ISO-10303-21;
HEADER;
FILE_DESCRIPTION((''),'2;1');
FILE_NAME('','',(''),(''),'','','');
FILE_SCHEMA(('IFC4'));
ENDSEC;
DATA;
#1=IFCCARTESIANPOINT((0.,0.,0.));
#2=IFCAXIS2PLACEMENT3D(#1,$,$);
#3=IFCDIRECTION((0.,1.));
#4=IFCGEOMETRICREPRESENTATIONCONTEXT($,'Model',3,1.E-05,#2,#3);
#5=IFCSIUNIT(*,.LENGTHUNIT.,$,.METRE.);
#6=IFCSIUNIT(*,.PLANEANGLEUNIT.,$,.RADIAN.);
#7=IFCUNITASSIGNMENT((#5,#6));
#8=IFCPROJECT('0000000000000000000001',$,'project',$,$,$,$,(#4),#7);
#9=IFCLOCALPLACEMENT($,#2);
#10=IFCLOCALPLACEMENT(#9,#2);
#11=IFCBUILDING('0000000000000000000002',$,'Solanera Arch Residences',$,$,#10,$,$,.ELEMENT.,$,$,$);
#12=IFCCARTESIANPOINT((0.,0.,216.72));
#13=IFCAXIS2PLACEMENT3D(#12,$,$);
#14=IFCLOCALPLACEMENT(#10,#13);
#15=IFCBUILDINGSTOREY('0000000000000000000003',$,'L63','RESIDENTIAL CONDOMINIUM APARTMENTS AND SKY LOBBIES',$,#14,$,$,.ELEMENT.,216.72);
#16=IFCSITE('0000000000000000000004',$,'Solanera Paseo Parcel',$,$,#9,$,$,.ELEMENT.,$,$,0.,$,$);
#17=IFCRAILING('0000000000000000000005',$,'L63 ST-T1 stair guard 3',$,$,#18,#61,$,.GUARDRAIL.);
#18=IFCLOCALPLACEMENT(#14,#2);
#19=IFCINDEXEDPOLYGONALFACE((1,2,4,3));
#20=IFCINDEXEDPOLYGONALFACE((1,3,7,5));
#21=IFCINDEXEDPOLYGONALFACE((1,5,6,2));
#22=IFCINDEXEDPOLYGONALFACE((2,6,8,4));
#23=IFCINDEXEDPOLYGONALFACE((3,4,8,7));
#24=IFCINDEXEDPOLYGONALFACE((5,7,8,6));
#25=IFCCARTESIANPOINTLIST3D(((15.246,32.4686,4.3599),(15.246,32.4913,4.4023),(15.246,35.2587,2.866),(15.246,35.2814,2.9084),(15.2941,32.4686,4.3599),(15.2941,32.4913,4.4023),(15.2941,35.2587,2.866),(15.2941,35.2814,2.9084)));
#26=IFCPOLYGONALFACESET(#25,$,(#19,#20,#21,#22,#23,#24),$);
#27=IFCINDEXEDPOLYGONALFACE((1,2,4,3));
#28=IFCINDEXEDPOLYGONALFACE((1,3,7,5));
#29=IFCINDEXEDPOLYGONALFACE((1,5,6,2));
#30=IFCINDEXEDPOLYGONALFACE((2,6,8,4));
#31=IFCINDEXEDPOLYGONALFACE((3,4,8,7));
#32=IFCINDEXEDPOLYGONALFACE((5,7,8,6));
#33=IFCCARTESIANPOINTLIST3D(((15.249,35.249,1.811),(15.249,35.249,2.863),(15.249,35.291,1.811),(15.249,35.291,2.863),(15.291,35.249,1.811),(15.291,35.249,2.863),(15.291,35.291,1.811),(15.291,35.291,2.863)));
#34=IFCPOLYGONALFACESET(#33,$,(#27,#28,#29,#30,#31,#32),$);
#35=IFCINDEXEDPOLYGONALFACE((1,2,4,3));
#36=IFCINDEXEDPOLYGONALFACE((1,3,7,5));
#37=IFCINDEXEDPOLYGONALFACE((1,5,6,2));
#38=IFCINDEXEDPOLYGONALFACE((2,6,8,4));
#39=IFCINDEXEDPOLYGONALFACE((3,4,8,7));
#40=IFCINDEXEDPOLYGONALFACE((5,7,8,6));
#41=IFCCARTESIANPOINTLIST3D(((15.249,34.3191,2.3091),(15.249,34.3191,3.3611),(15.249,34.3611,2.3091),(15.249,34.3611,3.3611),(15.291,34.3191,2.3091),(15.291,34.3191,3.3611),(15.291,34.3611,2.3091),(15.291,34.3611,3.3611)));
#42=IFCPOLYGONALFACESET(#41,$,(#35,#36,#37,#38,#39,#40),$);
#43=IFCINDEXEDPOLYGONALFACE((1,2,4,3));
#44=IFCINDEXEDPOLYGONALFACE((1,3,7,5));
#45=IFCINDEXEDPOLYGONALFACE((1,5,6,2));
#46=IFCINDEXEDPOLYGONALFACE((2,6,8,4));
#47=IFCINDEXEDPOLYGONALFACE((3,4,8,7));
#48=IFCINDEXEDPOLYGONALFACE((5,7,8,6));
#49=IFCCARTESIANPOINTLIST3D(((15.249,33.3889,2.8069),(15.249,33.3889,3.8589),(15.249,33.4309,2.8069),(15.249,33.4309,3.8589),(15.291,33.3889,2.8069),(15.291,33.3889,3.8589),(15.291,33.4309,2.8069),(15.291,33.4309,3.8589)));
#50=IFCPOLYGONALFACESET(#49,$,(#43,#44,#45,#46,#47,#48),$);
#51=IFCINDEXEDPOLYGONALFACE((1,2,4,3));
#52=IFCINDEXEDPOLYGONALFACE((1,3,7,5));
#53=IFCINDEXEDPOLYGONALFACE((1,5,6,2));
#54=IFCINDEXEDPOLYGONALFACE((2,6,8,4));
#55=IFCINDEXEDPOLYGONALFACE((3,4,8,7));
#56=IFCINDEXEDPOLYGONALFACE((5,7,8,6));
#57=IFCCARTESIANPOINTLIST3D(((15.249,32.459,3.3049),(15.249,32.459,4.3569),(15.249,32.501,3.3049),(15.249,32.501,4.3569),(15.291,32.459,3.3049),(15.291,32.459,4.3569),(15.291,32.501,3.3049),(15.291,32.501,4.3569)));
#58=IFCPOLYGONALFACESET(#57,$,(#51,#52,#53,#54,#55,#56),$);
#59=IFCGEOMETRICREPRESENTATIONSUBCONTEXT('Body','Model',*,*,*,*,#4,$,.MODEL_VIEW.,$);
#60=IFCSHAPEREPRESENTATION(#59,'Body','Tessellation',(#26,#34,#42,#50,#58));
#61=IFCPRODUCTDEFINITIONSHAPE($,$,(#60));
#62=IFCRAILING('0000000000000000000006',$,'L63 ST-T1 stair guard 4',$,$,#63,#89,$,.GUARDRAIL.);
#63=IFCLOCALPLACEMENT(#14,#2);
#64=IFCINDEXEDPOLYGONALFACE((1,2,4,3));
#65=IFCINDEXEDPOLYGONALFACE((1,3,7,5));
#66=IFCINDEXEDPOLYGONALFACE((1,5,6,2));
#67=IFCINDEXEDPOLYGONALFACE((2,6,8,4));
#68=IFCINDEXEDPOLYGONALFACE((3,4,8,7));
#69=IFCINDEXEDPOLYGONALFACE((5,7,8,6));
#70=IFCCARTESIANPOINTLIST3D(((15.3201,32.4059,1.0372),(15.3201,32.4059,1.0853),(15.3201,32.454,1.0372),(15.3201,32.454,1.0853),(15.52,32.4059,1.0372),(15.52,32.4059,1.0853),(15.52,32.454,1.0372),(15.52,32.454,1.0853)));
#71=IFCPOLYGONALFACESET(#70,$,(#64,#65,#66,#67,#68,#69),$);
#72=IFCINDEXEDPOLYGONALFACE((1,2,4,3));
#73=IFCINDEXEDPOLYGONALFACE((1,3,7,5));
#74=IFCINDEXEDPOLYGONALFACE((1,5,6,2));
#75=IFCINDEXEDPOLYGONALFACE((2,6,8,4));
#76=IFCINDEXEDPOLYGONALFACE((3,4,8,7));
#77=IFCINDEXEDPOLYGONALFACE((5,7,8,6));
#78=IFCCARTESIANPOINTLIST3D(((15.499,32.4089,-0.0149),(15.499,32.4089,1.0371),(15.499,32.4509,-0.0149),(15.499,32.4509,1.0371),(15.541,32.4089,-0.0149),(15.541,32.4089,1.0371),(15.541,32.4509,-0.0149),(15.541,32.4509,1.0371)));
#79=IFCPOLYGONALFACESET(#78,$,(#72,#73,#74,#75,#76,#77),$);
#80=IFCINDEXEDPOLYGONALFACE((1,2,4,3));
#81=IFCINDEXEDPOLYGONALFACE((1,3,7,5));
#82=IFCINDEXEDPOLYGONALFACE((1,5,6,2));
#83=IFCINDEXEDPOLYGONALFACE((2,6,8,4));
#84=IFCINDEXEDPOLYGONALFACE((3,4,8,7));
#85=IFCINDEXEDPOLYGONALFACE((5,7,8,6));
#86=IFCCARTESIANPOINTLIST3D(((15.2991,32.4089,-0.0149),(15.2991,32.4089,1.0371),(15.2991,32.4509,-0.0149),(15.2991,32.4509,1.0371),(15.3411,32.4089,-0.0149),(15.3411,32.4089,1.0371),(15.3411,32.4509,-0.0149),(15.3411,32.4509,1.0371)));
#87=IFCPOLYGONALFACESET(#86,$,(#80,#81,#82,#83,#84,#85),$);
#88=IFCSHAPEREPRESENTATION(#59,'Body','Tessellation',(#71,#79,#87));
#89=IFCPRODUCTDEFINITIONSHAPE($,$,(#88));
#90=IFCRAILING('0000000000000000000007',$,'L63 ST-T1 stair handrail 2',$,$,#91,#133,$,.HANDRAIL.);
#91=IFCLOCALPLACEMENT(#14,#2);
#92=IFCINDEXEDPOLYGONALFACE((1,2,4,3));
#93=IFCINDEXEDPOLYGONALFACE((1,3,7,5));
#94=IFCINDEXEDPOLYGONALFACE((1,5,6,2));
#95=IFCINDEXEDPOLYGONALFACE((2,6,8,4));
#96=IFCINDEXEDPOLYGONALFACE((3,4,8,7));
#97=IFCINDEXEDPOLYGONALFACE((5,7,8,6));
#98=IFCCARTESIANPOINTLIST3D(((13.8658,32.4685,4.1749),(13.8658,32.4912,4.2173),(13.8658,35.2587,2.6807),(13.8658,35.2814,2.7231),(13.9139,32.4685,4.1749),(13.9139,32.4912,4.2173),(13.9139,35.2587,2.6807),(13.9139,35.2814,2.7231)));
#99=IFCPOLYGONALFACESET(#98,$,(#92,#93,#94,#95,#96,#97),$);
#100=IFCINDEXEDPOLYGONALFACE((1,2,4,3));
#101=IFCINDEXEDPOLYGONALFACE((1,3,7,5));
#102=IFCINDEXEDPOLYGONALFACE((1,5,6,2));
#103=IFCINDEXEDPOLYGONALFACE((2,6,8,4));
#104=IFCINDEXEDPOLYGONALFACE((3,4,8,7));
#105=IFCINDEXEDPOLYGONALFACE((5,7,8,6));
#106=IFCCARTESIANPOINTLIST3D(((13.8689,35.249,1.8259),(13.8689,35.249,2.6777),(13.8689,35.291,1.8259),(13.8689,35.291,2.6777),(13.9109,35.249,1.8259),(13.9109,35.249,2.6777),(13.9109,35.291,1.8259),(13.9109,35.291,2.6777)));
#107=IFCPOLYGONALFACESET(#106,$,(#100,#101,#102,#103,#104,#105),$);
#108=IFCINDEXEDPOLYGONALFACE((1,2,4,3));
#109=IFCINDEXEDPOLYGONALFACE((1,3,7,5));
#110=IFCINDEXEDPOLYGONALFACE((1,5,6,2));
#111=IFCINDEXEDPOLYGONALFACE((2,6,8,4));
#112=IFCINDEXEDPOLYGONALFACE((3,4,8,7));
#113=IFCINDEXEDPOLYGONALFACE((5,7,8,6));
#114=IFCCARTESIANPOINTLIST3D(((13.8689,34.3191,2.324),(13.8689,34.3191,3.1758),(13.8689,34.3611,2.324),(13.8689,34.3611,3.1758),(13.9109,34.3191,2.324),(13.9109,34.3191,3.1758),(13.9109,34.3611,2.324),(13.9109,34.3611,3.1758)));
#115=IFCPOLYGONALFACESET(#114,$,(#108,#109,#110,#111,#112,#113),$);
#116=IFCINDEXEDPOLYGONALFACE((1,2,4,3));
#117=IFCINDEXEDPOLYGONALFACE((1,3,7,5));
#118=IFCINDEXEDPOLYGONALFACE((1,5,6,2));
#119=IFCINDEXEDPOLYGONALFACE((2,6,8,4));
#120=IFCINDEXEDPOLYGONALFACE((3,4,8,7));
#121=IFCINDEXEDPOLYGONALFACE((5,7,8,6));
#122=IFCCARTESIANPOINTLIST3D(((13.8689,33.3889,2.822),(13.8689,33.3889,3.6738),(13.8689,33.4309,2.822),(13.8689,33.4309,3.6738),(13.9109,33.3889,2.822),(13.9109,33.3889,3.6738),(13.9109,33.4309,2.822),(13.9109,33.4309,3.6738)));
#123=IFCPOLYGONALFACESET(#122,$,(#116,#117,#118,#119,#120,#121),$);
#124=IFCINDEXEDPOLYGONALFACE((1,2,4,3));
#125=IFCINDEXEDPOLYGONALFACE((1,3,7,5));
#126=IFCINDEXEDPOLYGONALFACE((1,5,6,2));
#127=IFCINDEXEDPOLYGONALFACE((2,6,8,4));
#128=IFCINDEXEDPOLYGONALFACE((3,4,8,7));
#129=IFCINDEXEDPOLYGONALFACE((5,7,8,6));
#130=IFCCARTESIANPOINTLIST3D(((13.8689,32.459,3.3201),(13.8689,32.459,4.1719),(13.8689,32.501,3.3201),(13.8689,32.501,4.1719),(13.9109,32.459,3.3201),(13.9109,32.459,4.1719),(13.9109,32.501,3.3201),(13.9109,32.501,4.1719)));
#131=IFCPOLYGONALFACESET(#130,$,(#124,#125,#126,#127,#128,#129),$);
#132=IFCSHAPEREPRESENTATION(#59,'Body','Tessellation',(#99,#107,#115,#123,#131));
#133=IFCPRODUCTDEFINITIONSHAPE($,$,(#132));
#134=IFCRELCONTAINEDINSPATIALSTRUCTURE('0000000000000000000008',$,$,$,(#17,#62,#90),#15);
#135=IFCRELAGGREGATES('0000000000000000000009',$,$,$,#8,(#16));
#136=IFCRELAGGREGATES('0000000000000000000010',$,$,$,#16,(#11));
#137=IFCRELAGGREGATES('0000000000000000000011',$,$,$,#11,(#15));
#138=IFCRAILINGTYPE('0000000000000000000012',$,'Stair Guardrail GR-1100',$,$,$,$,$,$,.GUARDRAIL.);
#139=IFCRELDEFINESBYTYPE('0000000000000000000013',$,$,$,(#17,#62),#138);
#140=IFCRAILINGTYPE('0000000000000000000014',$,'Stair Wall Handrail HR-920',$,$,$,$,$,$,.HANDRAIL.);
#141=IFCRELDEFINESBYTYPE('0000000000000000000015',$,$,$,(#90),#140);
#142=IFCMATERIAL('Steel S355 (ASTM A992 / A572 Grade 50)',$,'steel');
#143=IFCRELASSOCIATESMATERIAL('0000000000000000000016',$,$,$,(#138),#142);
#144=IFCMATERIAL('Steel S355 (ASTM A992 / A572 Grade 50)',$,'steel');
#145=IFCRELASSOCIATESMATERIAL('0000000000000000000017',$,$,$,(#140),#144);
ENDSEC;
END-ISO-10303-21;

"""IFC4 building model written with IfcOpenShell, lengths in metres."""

from ifc_helpers import new_model, si_unit, direction, frame, origin, origin_2d, place, context, subcontext, project, spatial, rectangle, extrude, material, type_object, element, save


model = new_model("IFC4")

# Units and contexts
model_context = context("Model", 3, precision=1e-05, world=origin(), true_north=direction((0.0, 1.0)))
body_context = subcontext(model_context, "Body", "Model", "MODEL_VIEW")
ifc_project = project(units=[si_unit("LENGTHUNIT", "METRE"), si_unit("PLANEANGLEUNIT", "RADIAN")], contexts=[model_context])

# Site, building, storey
site_placement = place(None, origin())
site = spatial("IfcSite", under=ifc_project, at=site_placement, Name="Solanera Paseo Parcel", CompositionType="ELEMENT", RefElevation=0.0)
building_placement = place(site_placement, origin())
building = spatial("IfcBuilding", under=site, at=building_placement, Name="Solanera Arch Residences", CompositionType="ELEMENT")
storey_placement = place(building_placement, frame((0.0, 0.0, 216.72)))
storey = spatial("IfcBuildingStorey", under=building, at=storey_placement, Name="L63", Description="RESIDENTIAL CONDOMINIUM APARTMENTS AND SKY LOBBIES", CompositionType="ELEMENT", Elevation=216.72)

# Railings
ifc_material_1 = material(Name="Steel S355 (ASTM A992 / A572 Grade 50)", Category="steel")
railing_type_1 = type_object("IfcRailingType", Name="Stair Guardrail GR-1100", PredefinedType="GUARDRAIL", material=ifc_material_1)
railing_1_placement = place(storey_placement, frame((15.27, 35.27, 1.811)))
element("IfcRailing", 1, at=railing_1_placement, inside=storey, type_object=railing_type_1, Name="L63 ST-T1 stair guard 3", PredefinedType="GUARDRAIL", context=body_context, shape_type="SweptSolid", body=[
    extrude(rectangle(XDim=0.0481, YDim=0.0481, at=origin_2d()), frame((0.0, 0.0, 1.0762), z_axis=(0.0, -0.881581, 0.472033), x_axis=(1.0, 0.0, 0.0)), (0.0, 0.0, 1.0), 3.1648),
    extrude(rectangle(XDim=0.042, YDim=0.042, at=origin_2d()), origin(), (0.0, 0.0, 1.0), 1.052),
    extrude(rectangle(XDim=0.042, YDim=0.042, at=origin_2d()), frame((0.0, -0.9299, 0.498)), (0.0, 0.0, 1.0), 1.052),
    extrude(rectangle(XDim=0.042, YDim=0.042, at=origin_2d()), frame((0.0, -1.8601, 0.9958)), (0.0, 0.0, 1.0), 1.052),
    extrude(rectangle(XDim=0.042, YDim=0.042, at=origin_2d()), frame((0.0, -2.79, 1.4939)), (0.0, 0.0, 1.0), 1.052),
])
railing_2_placement = place(storey_placement, frame((15.52, 32.4299, -0.0149)))
element("IfcRailing", 2, at=railing_2_placement, inside=storey, type_object=railing_type_1, Name="L63 ST-T1 stair guard 4", PredefinedType="GUARDRAIL", context=body_context, shape_type="SweptSolid", body=[
    extrude(rectangle(XDim=0.0481, YDim=0.0481, at=origin_2d()), frame((0.0, 0.0, 1.0762), z_axis=(-1.0, 0.0, 0.0), x_axis=(0.0, -1.0, 0.0)), (0.0, 0.0, 1.0), 0.2),
    extrude(rectangle(XDim=0.042, YDim=0.042, at=origin_2d()), origin(), (0.0, 0.0, 1.0), 1.052),
    extrude(rectangle(XDim=0.042, YDim=0.042, at=origin_2d()), frame((-0.2, 0.0, 0.0)), (0.0, 0.0, 1.0), 1.052),
])
ifc_material_2 = material(Name="Steel S355 (ASTM A992 / A572 Grade 50)", Category="steel")
railing_type_2 = type_object("IfcRailingType", Name="Stair Wall Handrail HR-920", PredefinedType="HANDRAIL", material=ifc_material_2)
railing_3_placement = place(storey_placement, frame((13.8899, 35.27, 1.8259)))
element("IfcRailing", 3, at=railing_3_placement, inside=storey, type_object=railing_type_2, Name="L63 ST-T1 stair handrail 2", PredefinedType="HANDRAIL", context=body_context, shape_type="SweptSolid", body=[
    extrude(rectangle(XDim=0.0481, YDim=0.0481, at=origin_2d()), frame((0.0, 0.0, 0.876), z_axis=(0.0, -0.881549, 0.472093), x_axis=(1.0, 0.0, 0.0)), (0.0, 0.0, 1.0), 3.165),
    extrude(rectangle(XDim=0.042, YDim=0.042, at=origin_2d()), origin(), (0.0, 0.0, 1.0), 0.8518),
    extrude(rectangle(XDim=0.042, YDim=0.042, at=origin_2d()), frame((0.0, -0.9299, 0.498)), (0.0, 0.0, 1.0), 0.8518),
    extrude(rectangle(XDim=0.042, YDim=0.042, at=origin_2d()), frame((0.0, -1.8601, 0.9961)), (0.0, 0.0, 1.0), 0.8518),
    extrude(rectangle(XDim=0.042, YDim=0.042, at=origin_2d()), frame((0.0, -2.79, 1.4941)), (0.0, 0.0, 1.0), 0.8518),
])

save(model, "model.ifc")
